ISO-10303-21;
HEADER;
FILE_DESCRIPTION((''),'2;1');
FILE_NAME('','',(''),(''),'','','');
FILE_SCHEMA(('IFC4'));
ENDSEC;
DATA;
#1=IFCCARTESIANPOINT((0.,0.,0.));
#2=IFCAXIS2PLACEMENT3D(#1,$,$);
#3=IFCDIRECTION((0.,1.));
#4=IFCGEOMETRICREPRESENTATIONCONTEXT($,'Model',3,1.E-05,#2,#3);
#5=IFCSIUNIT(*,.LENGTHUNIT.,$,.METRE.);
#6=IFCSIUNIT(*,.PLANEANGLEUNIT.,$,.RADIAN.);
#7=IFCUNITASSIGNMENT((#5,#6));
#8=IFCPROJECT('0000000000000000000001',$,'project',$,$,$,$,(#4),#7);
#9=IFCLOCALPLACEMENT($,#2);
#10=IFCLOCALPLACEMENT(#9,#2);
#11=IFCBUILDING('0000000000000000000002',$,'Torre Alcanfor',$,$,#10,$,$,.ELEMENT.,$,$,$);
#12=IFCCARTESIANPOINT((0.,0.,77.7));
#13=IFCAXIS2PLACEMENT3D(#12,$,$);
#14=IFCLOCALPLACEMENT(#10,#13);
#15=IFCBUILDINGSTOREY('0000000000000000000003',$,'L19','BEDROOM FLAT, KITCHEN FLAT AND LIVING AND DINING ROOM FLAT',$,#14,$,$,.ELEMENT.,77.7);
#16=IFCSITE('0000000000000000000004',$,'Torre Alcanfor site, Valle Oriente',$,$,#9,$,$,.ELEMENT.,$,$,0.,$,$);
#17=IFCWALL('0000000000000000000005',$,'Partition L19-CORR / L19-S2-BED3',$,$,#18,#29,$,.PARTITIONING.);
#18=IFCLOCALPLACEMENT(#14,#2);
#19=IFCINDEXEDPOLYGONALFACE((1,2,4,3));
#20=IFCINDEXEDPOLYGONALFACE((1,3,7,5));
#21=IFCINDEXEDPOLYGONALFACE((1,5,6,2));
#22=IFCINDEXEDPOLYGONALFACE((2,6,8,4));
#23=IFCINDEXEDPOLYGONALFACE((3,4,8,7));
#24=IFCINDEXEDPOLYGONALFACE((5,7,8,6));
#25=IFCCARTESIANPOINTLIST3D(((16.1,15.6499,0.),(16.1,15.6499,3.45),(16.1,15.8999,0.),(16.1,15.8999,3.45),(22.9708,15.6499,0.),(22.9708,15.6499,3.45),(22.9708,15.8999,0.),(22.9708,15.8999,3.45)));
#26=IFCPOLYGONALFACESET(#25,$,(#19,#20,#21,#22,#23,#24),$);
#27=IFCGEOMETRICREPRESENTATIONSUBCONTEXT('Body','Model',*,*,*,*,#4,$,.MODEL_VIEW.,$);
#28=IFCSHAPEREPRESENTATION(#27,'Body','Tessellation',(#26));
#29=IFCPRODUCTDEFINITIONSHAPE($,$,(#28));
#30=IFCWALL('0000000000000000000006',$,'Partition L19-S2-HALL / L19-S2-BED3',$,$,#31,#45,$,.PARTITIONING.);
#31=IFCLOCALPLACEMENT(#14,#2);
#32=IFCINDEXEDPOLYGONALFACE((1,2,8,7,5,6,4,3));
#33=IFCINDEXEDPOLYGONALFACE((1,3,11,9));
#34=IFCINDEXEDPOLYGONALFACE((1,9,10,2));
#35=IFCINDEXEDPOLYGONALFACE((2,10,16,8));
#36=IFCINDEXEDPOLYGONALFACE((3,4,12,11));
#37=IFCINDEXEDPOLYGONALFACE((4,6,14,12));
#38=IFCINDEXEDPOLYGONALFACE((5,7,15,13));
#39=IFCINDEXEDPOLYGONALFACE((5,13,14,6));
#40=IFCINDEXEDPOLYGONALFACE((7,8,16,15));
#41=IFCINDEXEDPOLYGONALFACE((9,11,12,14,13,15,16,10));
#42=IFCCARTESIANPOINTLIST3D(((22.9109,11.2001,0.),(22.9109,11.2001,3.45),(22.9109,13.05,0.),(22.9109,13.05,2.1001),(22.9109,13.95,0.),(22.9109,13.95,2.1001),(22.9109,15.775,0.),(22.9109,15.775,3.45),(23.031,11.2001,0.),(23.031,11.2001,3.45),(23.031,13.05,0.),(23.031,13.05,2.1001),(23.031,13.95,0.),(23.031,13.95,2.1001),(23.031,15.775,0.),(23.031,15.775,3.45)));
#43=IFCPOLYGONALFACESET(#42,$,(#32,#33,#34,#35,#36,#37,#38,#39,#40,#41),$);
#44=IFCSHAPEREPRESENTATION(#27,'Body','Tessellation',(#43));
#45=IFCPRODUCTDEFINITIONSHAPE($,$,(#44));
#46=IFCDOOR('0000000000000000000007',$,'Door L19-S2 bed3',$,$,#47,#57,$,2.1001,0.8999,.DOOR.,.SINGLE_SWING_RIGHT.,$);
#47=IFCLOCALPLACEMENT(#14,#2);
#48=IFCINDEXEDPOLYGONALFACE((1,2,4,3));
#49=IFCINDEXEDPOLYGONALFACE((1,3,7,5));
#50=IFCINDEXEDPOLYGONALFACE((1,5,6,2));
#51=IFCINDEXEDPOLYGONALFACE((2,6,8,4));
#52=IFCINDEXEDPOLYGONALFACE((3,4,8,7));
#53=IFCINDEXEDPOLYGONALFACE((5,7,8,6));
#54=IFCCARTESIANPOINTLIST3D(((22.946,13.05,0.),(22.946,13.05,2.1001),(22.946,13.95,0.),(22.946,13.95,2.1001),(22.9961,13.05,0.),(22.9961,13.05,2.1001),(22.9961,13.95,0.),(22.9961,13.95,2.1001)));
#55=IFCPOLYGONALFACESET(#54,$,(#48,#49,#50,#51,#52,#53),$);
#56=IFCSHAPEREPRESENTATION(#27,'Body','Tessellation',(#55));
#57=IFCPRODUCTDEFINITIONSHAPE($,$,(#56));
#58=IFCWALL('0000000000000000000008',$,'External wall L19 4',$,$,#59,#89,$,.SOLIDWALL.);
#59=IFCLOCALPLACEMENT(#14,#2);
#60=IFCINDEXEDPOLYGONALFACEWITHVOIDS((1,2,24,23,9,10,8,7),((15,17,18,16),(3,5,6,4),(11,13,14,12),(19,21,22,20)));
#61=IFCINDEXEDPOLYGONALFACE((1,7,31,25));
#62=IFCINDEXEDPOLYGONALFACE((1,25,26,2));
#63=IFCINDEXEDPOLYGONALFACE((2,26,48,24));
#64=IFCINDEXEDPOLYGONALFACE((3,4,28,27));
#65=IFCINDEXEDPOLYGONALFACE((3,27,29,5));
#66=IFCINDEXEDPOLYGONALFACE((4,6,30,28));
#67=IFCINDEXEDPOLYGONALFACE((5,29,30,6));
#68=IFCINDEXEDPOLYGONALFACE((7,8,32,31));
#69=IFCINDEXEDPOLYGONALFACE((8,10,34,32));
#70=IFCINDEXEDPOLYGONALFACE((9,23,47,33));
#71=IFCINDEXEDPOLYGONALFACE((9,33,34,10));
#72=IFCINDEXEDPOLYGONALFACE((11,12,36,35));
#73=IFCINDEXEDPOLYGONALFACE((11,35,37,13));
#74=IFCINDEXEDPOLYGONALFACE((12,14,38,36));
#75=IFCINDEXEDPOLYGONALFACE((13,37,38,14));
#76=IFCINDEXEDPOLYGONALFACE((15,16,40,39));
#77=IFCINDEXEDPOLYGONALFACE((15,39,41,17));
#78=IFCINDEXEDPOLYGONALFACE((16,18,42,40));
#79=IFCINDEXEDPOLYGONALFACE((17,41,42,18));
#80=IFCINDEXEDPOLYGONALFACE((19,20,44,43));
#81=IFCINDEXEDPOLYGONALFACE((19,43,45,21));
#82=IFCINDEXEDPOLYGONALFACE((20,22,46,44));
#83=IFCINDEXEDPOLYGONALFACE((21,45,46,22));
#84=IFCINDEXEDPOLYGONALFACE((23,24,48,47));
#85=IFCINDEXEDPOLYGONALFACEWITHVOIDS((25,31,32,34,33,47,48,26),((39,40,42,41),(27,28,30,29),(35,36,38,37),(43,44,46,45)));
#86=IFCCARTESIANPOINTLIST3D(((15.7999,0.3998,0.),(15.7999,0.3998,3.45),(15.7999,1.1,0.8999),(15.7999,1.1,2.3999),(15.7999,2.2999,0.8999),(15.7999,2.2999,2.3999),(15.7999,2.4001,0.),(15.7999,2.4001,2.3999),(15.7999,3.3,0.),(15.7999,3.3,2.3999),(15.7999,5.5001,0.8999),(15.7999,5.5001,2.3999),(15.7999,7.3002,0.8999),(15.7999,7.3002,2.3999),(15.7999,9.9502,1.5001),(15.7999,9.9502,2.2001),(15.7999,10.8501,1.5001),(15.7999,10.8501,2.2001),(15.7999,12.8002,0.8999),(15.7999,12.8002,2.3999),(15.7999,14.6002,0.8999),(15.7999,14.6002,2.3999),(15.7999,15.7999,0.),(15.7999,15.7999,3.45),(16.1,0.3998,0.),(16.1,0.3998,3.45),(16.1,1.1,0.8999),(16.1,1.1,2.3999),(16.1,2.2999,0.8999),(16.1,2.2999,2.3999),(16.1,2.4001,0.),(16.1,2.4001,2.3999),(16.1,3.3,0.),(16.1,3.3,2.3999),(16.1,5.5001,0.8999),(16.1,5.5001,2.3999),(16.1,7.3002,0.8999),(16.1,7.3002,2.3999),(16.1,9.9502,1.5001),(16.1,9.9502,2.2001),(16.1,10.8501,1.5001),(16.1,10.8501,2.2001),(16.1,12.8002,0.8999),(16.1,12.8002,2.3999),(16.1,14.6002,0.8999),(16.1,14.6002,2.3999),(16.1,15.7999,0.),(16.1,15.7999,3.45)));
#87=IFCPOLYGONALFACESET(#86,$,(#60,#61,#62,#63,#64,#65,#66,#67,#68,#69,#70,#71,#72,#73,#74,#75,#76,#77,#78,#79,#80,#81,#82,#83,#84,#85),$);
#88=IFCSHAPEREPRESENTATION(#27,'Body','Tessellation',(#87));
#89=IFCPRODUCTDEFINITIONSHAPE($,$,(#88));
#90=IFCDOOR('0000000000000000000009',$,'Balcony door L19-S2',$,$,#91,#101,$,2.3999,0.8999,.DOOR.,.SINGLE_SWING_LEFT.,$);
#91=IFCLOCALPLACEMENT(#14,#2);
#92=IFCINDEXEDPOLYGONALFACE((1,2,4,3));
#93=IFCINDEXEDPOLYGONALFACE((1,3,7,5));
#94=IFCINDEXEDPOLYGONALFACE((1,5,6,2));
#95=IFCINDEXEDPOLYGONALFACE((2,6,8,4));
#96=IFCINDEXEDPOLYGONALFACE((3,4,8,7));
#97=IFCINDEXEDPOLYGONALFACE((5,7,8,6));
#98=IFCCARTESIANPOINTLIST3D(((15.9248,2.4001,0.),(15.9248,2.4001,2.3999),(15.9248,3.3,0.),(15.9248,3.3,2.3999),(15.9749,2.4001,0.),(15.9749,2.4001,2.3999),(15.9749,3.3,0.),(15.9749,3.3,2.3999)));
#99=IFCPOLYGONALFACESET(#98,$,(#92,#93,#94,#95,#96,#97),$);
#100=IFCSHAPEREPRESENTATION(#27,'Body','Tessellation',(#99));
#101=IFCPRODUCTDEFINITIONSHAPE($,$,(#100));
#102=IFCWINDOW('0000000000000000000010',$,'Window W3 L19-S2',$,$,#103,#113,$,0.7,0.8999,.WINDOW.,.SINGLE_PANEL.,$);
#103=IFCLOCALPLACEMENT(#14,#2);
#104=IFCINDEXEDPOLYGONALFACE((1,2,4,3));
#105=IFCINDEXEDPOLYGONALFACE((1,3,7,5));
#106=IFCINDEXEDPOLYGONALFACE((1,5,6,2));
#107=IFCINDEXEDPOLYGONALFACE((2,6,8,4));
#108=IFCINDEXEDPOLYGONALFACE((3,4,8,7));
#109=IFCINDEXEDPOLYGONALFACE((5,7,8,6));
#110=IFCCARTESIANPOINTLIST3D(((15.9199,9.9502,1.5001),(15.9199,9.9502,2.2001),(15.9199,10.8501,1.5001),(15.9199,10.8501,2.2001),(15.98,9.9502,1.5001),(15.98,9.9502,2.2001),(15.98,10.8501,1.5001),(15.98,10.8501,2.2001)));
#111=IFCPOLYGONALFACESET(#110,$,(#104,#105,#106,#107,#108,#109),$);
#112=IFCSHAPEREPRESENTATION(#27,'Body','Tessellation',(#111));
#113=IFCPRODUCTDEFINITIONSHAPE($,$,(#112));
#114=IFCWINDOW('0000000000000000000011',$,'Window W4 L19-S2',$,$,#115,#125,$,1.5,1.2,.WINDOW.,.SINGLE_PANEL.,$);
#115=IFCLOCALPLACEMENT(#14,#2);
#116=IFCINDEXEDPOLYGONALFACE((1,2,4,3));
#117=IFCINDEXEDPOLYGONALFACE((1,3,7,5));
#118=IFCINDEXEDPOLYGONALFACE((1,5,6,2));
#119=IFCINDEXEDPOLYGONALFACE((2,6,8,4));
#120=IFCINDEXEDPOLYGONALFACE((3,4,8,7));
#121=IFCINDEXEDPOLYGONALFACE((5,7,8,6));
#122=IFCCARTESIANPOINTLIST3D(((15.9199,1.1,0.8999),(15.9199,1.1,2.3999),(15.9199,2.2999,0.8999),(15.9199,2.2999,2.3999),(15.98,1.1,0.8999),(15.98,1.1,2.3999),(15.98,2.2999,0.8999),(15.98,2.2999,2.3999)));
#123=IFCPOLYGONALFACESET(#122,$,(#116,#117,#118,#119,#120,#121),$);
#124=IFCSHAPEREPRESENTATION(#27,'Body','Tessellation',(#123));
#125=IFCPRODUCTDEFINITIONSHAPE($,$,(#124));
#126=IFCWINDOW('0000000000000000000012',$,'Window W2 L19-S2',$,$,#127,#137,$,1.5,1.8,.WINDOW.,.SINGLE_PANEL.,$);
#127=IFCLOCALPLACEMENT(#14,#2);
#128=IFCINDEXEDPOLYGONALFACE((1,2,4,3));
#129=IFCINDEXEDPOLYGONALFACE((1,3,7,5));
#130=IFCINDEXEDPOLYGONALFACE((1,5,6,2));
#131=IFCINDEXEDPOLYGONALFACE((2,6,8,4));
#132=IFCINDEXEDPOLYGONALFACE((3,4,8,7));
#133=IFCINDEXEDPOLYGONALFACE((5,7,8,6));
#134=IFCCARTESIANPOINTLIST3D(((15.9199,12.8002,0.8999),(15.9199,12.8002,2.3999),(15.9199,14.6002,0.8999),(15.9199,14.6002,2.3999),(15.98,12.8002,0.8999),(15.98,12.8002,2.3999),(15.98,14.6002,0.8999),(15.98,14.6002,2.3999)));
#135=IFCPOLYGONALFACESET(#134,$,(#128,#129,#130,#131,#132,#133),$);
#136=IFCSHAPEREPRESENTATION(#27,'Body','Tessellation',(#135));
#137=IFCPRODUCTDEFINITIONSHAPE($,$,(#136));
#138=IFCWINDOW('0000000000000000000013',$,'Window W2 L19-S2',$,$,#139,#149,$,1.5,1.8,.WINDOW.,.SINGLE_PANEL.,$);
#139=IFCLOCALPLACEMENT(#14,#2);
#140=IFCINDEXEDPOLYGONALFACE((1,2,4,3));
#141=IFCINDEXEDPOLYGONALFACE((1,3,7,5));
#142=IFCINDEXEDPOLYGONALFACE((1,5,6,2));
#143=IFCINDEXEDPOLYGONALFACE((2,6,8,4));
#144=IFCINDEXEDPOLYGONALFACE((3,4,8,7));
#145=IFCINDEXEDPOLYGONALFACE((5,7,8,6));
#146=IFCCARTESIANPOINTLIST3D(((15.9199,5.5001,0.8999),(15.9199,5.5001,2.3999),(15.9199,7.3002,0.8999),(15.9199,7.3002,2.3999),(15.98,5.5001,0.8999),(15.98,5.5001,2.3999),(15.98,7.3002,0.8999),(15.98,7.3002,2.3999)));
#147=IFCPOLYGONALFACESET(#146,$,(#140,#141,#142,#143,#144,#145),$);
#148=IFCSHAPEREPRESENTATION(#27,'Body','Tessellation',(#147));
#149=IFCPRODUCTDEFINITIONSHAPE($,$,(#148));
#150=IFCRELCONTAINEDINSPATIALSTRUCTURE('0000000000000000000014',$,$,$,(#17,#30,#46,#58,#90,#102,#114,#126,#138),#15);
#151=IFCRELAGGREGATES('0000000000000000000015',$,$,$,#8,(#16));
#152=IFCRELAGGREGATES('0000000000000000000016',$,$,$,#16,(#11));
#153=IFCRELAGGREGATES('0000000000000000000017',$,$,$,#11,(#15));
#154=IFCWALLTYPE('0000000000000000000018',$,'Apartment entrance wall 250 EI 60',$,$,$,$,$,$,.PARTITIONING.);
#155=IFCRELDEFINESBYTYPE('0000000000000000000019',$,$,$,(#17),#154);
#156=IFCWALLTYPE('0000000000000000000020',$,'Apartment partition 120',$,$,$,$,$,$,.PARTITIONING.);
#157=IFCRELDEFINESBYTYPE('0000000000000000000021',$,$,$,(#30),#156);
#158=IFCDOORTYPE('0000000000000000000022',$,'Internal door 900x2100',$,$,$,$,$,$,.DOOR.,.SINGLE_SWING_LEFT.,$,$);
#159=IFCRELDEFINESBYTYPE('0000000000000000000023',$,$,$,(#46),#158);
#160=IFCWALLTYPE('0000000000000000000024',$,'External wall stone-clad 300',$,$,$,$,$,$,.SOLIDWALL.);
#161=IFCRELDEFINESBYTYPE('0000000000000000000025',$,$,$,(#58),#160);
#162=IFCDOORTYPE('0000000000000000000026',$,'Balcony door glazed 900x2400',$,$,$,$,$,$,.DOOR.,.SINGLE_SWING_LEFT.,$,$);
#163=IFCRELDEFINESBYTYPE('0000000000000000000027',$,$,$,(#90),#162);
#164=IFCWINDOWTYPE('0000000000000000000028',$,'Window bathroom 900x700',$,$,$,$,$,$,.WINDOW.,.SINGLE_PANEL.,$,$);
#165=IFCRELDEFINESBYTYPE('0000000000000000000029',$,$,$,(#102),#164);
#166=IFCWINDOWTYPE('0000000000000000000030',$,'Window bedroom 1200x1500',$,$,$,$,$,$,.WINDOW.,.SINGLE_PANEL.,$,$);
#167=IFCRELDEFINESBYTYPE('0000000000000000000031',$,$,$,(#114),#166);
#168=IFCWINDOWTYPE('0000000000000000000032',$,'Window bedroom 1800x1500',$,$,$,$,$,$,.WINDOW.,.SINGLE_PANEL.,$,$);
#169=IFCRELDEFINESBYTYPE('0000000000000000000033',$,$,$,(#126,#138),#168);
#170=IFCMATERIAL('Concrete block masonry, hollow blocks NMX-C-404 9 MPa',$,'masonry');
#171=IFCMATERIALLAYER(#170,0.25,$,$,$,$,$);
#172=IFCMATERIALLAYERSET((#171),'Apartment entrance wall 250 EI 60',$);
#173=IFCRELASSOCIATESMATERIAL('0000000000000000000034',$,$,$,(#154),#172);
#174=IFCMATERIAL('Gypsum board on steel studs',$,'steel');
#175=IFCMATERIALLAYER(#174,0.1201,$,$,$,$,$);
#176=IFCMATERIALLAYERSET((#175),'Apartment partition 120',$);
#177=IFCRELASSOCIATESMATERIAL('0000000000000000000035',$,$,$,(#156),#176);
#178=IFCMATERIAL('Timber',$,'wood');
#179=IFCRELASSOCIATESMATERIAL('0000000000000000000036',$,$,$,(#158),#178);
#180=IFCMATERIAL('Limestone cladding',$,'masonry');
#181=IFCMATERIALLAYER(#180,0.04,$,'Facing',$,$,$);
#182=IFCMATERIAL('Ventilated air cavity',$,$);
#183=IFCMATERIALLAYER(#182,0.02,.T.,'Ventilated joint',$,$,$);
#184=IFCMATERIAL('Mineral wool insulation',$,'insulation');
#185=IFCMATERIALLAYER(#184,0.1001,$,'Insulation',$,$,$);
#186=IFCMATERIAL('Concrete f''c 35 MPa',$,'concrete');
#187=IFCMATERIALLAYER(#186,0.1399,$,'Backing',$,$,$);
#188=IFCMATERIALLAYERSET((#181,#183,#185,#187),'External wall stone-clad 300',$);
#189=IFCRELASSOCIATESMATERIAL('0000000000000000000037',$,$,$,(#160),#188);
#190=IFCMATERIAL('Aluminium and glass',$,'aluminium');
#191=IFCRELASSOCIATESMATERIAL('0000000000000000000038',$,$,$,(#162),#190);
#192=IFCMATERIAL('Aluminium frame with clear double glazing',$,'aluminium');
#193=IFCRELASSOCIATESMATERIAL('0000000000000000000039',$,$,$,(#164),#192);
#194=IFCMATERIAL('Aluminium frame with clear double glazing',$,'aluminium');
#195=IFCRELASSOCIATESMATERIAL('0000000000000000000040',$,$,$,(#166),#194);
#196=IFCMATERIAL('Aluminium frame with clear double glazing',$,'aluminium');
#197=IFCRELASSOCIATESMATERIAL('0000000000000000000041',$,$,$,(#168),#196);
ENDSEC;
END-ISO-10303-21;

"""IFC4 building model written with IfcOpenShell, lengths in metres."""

from ifc_helpers import new_model, si_unit, direction, frame, frame_2d, origin, place, context, subcontext, project, spatial, rectangle, extrude, material, layer, layer_set, type_object, element, fill, save


model = new_model("IFC4")

# Units and contexts
model_context = context("Model", 3, precision=1e-05, world=origin(), true_north=direction((0.0, 1.0)))
body_context = subcontext(model_context, "Body", "Model", "MODEL_VIEW")
ifc_project = project(units=[si_unit("LENGTHUNIT", "METRE"), si_unit("PLANEANGLEUNIT", "RADIAN")], contexts=[model_context])

# Site, building, storey
site_placement = place(None, origin())
site = spatial("IfcSite", under=ifc_project, at=site_placement, Name="Torre Alcanfor site, Valle Oriente", CompositionType="ELEMENT", RefElevation=0.0)
building_placement = place(site_placement, origin())
building = spatial("IfcBuilding", under=site, at=building_placement, Name="Torre Alcanfor", CompositionType="ELEMENT")
storey_placement = place(building_placement, frame((0.0, 0.0, 77.7)))
storey = spatial("IfcBuildingStorey", under=building, at=storey_placement, Name="L19", Description="BEDROOM FLAT, KITCHEN FLAT AND LIVING AND DINING ROOM FLAT", CompositionType="ELEMENT", Elevation=77.7)

# Wall
ifc_material_1 = material(Name="Concrete block masonry, hollow blocks NMX-C-404 9 MPa", Category="masonry")
ifc_layer_1 = layer(ifc_material_1, 0.25)
ifc_layer_set_1 = layer_set([ifc_layer_1], Name="Apartment entrance wall 250 EI 60")
wall_type_1 = type_object("IfcWallType", Name="Apartment entrance wall 250 EI 60", PredefinedType="PARTITIONING", material=ifc_layer_set_1)
wall_1_placement = place(storey_placement, frame((22.9709, 15.7749, 0.0), z_axis=(0.0, 0.0, 1.0), x_axis=(-1.0, 0.0, 0.0)))
element("IfcWall", 1, at=wall_1_placement, inside=storey, type_object=wall_type_1, Name="Partition L19-CORR / L19-S2-BED3", PredefinedType="PARTITIONING", context=body_context, shape_type="SweptSolid", body=[
    extrude(rectangle(XDim=6.8708, YDim=0.25, at=frame_2d((3.4355, 0.0))), origin(), (0.0, 0.0, 1.0), 3.45),
])

# Wall, opening, door
ifc_material_2 = material(Name="Gypsum board on steel studs", Category="steel")
ifc_layer_2 = layer(ifc_material_2, 0.1201)
ifc_layer_set_2 = layer_set([ifc_layer_2], Name="Apartment partition 120")
wall_type_2 = type_object("IfcWallType", Name="Apartment partition 120", PredefinedType="PARTITIONING", material=ifc_layer_set_2)
wall_2_placement = place(storey_placement, frame((22.9709, 11.2, 0.0), z_axis=(0.0, 0.0, 1.0), x_axis=(0.0, 1.0, 0.0)))
wall_2 = element("IfcWall", 2, at=wall_2_placement, inside=storey, type_object=wall_type_2, Name="Partition L19-S2-HALL / L19-S2-BED3", PredefinedType="PARTITIONING", context=body_context, shape_type="SweptSolid", body=[
    extrude(rectangle(XDim=4.575, YDim=0.1201, at=frame_2d((2.2876, 0.0))), origin(), (0.0, 0.0, 1.0), 3.45),
])
opening_1_placement = place(wall_2_placement, frame((1.8501, 0.0, 0.0)))
opening_1 = element("IfcOpeningElement", 3, at=opening_1_placement, cuts=wall_2, PredefinedType="OPENING", context=body_context, shape_type="SweptSolid", body=[
    extrude(rectangle(XDim=0.8999, YDim=2.1001, at=frame_2d((0.45, 1.05))), frame((0.0, 0.0701, 0.0), z_axis=(0.0, -1.0, 0.0), x_axis=(1.0, 0.0, 0.0)), (0.0, 0.0, 1.0), 0.1401),
])
ifc_material_3 = material(Name="Timber", Category="wood")
door_type_1 = type_object("IfcDoorType", Name="Internal door 900x2100", OperationType="SINGLE_SWING_LEFT", PredefinedType="DOOR", material=ifc_material_3)
door_1_placement = place(opening_1_placement, origin())
door_1 = element("IfcDoor", 4, at=door_1_placement, inside=storey, type_object=door_type_1, Name="Door L19-S2 bed3", OperationType="SINGLE_SWING_RIGHT", OverallHeight=2.1001, OverallWidth=0.8999, PredefinedType="DOOR", context=body_context, shape_type="SweptSolid", body=[
    extrude(rectangle(XDim=0.8999, YDim=2.1001, at=frame_2d((0.45, 1.05))), frame((0.0, 0.0249, 0.0), z_axis=(0.0, -1.0, 0.0), x_axis=(1.0, 0.0, 0.0)), (0.0, 0.0, 1.0), 0.05),
])
fill(opening_1, door_1)

# Wall, openings, door, windows
ifc_material_4 = material(Name="Limestone cladding", Category="masonry")
ifc_layer_3 = layer(ifc_material_4, 0.04, Name="Facing")
ifc_material_5 = material(Name="Ventilated air cavity")
ifc_layer_4 = layer(ifc_material_5, 0.02, ventilated=True, Name="Ventilated joint")
ifc_material_6 = material(Name="Mineral wool insulation", Category="insulation")
ifc_layer_5 = layer(ifc_material_6, 0.1001, Name="Insulation")
ifc_material_7 = material(Name="Concrete f'c 35 MPa", Category="concrete")
ifc_layer_6 = layer(ifc_material_7, 0.1399, Name="Backing")
ifc_layer_set_3 = layer_set([ifc_layer_3, ifc_layer_4, ifc_layer_5, ifc_layer_6], Name="External wall stone-clad 300")
wall_type_3 = type_object("IfcWallType", Name="External wall stone-clad 300", PredefinedType="SOLIDWALL", material=ifc_layer_set_3)
wall_3_placement = place(storey_placement, frame((15.95, 15.8, 0.0), z_axis=(0.0, 0.0, 1.0), x_axis=(0.0, -1.0, 0.0)))
wall_3 = element("IfcWall", 5, at=wall_3_placement, inside=storey, type_object=wall_type_3, Name="External wall L19 4", PredefinedType="SOLIDWALL", context=body_context, shape_type="SweptSolid", body=[
    extrude(rectangle(XDim=15.4001, YDim=0.3, at=frame_2d((7.7002, 0.0))), origin(), (0.0, 0.0, 1.0), 3.45),
])
opening_2_placement = place(wall_3_placement, frame((1.2, 0.0, 0.8999)))
opening_2 = element("IfcOpeningElement", 6, at=opening_2_placement, cuts=wall_3, PredefinedType="OPENING", context=body_context, shape_type="SweptSolid", body=[
    extrude(rectangle(XDim=1.8, YDim=1.5, at=frame_2d((0.8999, 0.75))), frame((0.0, 0.1599, 0.0), z_axis=(0.0, -1.0, 0.0), x_axis=(1.0, 0.0, 0.0)), (0.0, 0.0, 1.0), 0.3201),
])
opening_3_placement = place(wall_3_placement, frame((4.95, 0.0, 1.5)))
opening_3 = element("IfcOpeningElement", 7, at=opening_3_placement, cuts=wall_3, PredefinedType="OPENING", context=body_context, shape_type="SweptSolid", body=[
    extrude(rectangle(XDim=0.8999, YDim=0.7, at=frame_2d((0.45, 0.3501))), frame((0.0, 0.1599, 0.0), z_axis=(0.0, -1.0, 0.0), x_axis=(1.0, 0.0, 0.0)), (0.0, 0.0, 1.0), 0.3201),
])
opening_4_placement = place(wall_3_placement, frame((8.5, 0.0, 0.8999)))
opening_4 = element("IfcOpeningElement", 8, at=opening_4_placement, cuts=wall_3, PredefinedType="OPENING", context=body_context, shape_type="SweptSolid", body=[
    extrude(rectangle(XDim=1.8, YDim=1.5, at=frame_2d((0.8999, 0.75))), frame((0.0, 0.1599, 0.0), z_axis=(0.0, -1.0, 0.0), x_axis=(1.0, 0.0, 0.0)), (0.0, 0.0, 1.0), 0.3201),
])
opening_5_placement = place(wall_3_placement, frame((12.5, 0.0, 0.0)))
opening_5 = element("IfcOpeningElement", 9, at=opening_5_placement, cuts=wall_3, PredefinedType="OPENING", context=body_context, shape_type="SweptSolid", body=[
    extrude(rectangle(XDim=0.8999, YDim=2.3999, at=frame_2d((0.45, 1.2))), frame((0.0, 0.1599, 0.0), z_axis=(0.0, -1.0, 0.0), x_axis=(1.0, 0.0, 0.0)), (0.0, 0.0, 1.0), 0.3201),
])
opening_6_placement = place(wall_3_placement, frame((13.5, 0.0, 0.8999)))
opening_6 = element("IfcOpeningElement", 10, at=opening_6_placement, cuts=wall_3, PredefinedType="OPENING", context=body_context, shape_type="SweptSolid", body=[
    extrude(rectangle(XDim=1.2, YDim=1.5, at=frame_2d((0.6001, 0.75))), frame((0.0, 0.1599, 0.0), z_axis=(0.0, -1.0, 0.0), x_axis=(1.0, 0.0, 0.0)), (0.0, 0.0, 1.0), 0.3201),
])
ifc_material_8 = material(Name="Aluminium and glass", Category="aluminium")
door_type_2 = type_object("IfcDoorType", Name="Balcony door glazed 900x2400", OperationType="SINGLE_SWING_LEFT", PredefinedType="DOOR", material=ifc_material_8)
door_2_placement = place(opening_5_placement, origin())
door_2 = element("IfcDoor", 11, at=door_2_placement, inside=storey, type_object=door_type_2, Name="Balcony door L19-S2", OperationType="SINGLE_SWING_LEFT", OverallHeight=2.3999, OverallWidth=0.8999, PredefinedType="DOOR", context=body_context, shape_type="SweptSolid", body=[
    extrude(rectangle(XDim=0.8999, YDim=2.3999, at=frame_2d((0.45, 1.2))), frame((0.0, 0.0249, 0.0), z_axis=(0.0, -1.0, 0.0), x_axis=(1.0, 0.0, 0.0)), (0.0, 0.0, 1.0), 0.05),
])
fill(opening_5, door_2)
ifc_material_9 = material(Name="Aluminium frame with clear double glazing", Category="aluminium")
window_type_1 = type_object("IfcWindowType", Name="Window bathroom 900x700", PartitioningType="SINGLE_PANEL", PredefinedType="WINDOW", material=ifc_material_9)
window_1_placement = place(opening_3_placement, origin())
window_1 = element("IfcWindow", 12, at=window_1_placement, inside=storey, type_object=window_type_1, Name="Window W3 L19-S2", OverallHeight=0.7, OverallWidth=0.8999, PartitioningType="SINGLE_PANEL", PredefinedType="WINDOW", context=body_context, shape_type="SweptSolid", body=[
    extrude(rectangle(XDim=0.8999, YDim=0.7, at=frame_2d((0.45, 0.3501))), frame((0.0, 0.03, 0.0), z_axis=(0.0, -1.0, 0.0), x_axis=(1.0, 0.0, 0.0)), (0.0, 0.0, 1.0), 0.0601),
])
fill(opening_3, window_1)
ifc_material_10 = material(Name="Aluminium frame with clear double glazing", Category="aluminium")
window_type_2 = type_object("IfcWindowType", Name="Window bedroom 1200x1500", PartitioningType="SINGLE_PANEL", PredefinedType="WINDOW", material=ifc_material_10)
window_2_placement = place(opening_6_placement, origin())
window_2 = element("IfcWindow", 13, at=window_2_placement, inside=storey, type_object=window_type_2, Name="Window W4 L19-S2", OverallHeight=1.5, OverallWidth=1.2, PartitioningType="SINGLE_PANEL", PredefinedType="WINDOW", context=body_context, shape_type="SweptSolid", body=[
    extrude(rectangle(XDim=1.2, YDim=1.5, at=frame_2d((0.6001, 0.75))), frame((0.0, 0.03, 0.0), z_axis=(0.0, -1.0, 0.0), x_axis=(1.0, 0.0, 0.0)), (0.0, 0.0, 1.0), 0.0601),
])
fill(opening_6, window_2)
ifc_material_11 = material(Name="Aluminium frame with clear double glazing", Category="aluminium")
window_type_3 = type_object("IfcWindowType", Name="Window bedroom 1800x1500", PartitioningType="SINGLE_PANEL", PredefinedType="WINDOW", material=ifc_material_11)
window_3_placement = place(opening_2_placement, origin())
window_3 = element("IfcWindow", 14, at=window_3_placement, inside=storey, type_object=window_type_3, Name="Window W2 L19-S2", OverallHeight=1.5, OverallWidth=1.8, PartitioningType="SINGLE_PANEL", PredefinedType="WINDOW", context=body_context, shape_type="SweptSolid", body=[
    extrude(rectangle(XDim=1.8, YDim=1.5, at=frame_2d((0.8999, 0.75))), frame((0.0, 0.03, 0.0), z_axis=(0.0, -1.0, 0.0), x_axis=(1.0, 0.0, 0.0)), (0.0, 0.0, 1.0), 0.0601),
])
fill(opening_2, window_3)
window_4_placement = place(opening_4_placement, origin())
window_4 = element("IfcWindow", 15, at=window_4_placement, inside=storey, type_object=window_type_3, Name="Window W2 L19-S2", OverallHeight=1.5, OverallWidth=1.8, PartitioningType="SINGLE_PANEL", PredefinedType="WINDOW", context=body_context, shape_type="SweptSolid", body=[
    extrude(rectangle(XDim=1.8, YDim=1.5, at=frame_2d((0.8999, 0.75))), frame((0.0, 0.03, 0.0), z_axis=(0.0, -1.0, 0.0), x_axis=(1.0, 0.0, 0.0)), (0.0, 0.0, 1.0), 0.0601),
])
fill(opening_4, window_4)

save(model, "model.ifc")
